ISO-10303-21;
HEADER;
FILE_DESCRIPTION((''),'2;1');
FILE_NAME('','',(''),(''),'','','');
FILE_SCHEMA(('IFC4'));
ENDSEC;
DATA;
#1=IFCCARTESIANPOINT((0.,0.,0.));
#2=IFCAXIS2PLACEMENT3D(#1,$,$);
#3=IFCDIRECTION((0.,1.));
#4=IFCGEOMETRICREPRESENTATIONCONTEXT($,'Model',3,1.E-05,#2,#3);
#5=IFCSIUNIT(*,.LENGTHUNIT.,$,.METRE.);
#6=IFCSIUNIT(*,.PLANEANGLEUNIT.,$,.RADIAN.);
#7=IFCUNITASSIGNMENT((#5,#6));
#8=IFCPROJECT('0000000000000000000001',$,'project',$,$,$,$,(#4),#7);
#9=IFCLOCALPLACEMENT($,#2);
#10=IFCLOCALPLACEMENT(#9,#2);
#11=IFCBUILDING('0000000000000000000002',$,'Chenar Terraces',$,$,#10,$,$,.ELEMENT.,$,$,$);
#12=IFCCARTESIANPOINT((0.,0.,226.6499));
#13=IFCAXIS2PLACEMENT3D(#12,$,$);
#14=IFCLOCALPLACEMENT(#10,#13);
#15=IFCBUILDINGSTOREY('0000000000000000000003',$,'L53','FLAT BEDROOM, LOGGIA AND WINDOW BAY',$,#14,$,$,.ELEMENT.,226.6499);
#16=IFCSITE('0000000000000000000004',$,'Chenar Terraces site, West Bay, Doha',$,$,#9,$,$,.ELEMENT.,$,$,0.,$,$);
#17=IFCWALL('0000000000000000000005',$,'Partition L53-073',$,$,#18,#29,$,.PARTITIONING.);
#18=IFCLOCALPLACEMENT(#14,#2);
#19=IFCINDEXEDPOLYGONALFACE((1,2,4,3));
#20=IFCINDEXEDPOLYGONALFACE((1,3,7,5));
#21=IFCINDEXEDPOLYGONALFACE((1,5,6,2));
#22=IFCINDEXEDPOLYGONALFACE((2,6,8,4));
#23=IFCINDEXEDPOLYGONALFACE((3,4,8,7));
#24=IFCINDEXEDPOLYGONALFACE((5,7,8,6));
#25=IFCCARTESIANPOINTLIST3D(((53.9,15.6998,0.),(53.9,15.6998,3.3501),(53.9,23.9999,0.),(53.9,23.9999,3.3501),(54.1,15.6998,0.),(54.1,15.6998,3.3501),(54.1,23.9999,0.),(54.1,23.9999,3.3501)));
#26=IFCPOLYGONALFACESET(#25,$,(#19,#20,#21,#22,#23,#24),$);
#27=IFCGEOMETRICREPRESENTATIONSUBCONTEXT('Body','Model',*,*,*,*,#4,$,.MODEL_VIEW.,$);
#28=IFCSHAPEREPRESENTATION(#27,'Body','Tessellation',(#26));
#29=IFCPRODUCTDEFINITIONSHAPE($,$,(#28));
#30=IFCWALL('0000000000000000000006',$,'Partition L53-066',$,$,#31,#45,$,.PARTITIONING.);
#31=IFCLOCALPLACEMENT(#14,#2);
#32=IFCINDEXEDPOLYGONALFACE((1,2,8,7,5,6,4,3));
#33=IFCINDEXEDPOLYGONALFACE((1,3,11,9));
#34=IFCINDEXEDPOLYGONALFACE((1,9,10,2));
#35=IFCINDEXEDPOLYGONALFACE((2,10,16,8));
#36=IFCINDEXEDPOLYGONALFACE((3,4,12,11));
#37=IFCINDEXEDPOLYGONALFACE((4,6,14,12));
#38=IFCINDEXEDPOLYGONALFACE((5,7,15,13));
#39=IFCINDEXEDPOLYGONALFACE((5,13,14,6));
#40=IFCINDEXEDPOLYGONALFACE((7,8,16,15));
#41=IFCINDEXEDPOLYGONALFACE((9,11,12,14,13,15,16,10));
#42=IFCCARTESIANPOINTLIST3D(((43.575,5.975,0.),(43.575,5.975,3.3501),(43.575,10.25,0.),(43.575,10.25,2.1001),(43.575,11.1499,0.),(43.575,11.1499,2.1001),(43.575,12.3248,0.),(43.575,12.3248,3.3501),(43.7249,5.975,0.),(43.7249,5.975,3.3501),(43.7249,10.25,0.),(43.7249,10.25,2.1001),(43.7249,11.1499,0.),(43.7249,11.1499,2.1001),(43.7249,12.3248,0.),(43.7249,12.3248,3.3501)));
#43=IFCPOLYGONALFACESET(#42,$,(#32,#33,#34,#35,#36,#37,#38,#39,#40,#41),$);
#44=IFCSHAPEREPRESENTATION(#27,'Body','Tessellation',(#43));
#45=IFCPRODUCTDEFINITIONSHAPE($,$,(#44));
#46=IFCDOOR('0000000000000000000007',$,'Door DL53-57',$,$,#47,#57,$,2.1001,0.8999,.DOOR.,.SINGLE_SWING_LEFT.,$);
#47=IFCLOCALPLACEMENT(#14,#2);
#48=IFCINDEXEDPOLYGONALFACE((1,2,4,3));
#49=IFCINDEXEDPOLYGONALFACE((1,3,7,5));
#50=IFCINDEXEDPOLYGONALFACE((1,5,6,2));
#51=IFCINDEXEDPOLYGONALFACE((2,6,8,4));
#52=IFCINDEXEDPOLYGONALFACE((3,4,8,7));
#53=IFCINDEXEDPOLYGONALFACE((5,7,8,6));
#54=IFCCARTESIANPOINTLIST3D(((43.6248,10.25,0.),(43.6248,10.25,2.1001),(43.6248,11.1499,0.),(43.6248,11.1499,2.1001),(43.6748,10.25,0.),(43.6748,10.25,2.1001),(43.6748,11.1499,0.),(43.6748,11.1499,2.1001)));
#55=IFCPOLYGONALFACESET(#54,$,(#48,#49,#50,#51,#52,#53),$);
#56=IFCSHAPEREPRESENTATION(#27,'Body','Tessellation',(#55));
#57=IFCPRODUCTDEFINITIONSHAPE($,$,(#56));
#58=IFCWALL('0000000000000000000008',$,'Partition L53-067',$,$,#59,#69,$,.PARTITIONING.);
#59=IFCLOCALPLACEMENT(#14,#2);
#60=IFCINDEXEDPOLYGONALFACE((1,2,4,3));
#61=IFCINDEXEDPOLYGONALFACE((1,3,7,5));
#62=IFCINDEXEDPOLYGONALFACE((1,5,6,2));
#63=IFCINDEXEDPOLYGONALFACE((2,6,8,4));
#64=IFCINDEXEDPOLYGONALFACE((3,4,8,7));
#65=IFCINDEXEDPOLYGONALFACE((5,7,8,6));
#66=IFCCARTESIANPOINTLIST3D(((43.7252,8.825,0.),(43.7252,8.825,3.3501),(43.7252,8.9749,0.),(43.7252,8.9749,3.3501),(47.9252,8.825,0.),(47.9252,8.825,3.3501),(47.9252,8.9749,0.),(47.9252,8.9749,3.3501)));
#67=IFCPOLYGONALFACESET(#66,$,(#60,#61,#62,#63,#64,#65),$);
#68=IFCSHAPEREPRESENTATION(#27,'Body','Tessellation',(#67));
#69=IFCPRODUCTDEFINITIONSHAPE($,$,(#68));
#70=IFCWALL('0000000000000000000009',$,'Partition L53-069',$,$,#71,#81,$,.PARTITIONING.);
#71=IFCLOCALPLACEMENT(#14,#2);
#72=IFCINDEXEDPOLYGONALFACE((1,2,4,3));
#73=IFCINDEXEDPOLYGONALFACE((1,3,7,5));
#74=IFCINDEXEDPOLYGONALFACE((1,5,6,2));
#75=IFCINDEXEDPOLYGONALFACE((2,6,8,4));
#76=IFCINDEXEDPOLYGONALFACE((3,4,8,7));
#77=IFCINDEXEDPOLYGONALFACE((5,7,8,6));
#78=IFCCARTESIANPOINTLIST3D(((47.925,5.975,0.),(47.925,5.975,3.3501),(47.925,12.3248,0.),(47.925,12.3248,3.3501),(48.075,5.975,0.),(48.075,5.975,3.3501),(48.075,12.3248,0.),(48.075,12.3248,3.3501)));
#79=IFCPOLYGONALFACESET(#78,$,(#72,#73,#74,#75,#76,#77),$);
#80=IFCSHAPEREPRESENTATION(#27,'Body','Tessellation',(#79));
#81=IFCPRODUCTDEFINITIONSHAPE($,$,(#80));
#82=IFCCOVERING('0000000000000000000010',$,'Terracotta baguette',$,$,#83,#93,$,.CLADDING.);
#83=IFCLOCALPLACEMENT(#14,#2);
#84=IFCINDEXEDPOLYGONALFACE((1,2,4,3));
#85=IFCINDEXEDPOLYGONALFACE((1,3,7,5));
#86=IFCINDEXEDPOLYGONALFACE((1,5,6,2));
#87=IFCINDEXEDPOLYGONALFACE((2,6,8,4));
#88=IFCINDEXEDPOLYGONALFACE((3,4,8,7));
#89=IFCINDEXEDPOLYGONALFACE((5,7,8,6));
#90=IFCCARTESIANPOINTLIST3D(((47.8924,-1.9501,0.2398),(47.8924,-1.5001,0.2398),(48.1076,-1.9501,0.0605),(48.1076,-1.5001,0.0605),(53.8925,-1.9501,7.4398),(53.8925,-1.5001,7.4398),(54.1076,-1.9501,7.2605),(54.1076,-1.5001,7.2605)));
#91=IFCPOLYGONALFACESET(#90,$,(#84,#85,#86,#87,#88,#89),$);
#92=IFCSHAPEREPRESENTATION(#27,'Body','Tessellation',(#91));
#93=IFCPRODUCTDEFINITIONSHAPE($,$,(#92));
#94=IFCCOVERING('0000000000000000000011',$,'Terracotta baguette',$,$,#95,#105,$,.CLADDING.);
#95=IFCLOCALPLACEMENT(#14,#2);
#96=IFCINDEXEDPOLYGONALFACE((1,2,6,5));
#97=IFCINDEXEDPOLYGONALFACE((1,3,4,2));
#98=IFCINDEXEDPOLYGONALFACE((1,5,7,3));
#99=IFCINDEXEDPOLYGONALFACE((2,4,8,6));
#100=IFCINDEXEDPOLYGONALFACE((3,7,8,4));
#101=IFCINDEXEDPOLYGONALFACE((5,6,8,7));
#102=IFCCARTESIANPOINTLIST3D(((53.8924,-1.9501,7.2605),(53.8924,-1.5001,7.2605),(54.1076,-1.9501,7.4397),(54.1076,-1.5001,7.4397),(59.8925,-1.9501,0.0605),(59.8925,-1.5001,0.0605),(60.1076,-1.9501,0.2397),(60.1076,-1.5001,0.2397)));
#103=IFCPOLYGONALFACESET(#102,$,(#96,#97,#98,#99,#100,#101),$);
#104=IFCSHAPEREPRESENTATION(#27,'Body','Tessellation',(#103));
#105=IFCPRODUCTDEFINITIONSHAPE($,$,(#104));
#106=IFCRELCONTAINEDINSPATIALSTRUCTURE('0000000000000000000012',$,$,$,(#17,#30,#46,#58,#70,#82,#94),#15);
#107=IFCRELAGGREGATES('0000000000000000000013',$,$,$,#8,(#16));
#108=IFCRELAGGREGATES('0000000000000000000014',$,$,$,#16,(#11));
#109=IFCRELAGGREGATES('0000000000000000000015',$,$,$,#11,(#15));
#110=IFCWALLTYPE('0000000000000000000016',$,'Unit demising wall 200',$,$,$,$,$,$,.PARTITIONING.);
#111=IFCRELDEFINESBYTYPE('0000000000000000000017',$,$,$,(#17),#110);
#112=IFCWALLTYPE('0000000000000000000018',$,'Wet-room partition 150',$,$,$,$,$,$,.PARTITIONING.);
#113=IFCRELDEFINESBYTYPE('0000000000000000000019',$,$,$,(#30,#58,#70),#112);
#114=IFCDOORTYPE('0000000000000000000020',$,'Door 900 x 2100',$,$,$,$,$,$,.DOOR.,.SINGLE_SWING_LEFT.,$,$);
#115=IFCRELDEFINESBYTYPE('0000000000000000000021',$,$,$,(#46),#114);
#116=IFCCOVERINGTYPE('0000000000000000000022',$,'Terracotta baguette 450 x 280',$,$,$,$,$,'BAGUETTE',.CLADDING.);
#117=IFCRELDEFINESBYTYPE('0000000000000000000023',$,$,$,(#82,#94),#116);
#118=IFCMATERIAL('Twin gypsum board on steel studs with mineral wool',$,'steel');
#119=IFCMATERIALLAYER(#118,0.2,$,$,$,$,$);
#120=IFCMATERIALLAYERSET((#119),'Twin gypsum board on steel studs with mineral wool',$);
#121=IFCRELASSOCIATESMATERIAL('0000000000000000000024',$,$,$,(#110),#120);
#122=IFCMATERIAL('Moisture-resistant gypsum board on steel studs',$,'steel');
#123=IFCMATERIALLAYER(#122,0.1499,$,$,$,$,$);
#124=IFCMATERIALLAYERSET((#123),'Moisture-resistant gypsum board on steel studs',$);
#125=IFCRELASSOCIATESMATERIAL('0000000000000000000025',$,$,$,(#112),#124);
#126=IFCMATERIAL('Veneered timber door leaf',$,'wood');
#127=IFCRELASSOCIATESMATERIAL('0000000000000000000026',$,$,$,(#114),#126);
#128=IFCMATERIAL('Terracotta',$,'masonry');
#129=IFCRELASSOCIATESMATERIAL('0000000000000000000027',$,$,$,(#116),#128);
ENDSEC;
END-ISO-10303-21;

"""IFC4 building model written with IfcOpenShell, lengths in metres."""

from ifc_helpers import new_model, si_unit, direction, frame, frame_2d, origin, origin_2d, place, context, subcontext, project, spatial, rectangle, extrude, material, layer, layer_set, material_profile, profile_set, type_object, element, fill, save


model = new_model("IFC4")

# Units and contexts
model_context = context("Model", 3, precision=1e-05, world=origin(), true_north=direction((0.0, 1.0)))
body_context = subcontext(model_context, "Body", "Model", "MODEL_VIEW")
ifc_project = project(units=[si_unit("LENGTHUNIT", "METRE"), si_unit("PLANEANGLEUNIT", "RADIAN")], contexts=[model_context])

# Site, building, storey
site_placement = place(None, origin())
site = spatial("IfcSite", under=ifc_project, at=site_placement, Name="Chenar Terraces site, West Bay, Doha", CompositionType="ELEMENT", RefElevation=0.0)
building_placement = place(site_placement, origin())
building = spatial("IfcBuilding", under=site, at=building_placement, Name="Chenar Terraces", CompositionType="ELEMENT")
storey_placement = place(building_placement, frame((0.0, 0.0, 226.6499)))
storey = spatial("IfcBuildingStorey", under=building, at=storey_placement, Name="L53", Description="FLAT BEDROOM, LOGGIA AND WINDOW BAY", CompositionType="ELEMENT", Elevation=226.6499)

# Wall
ifc_material_1 = material(Name="Twin gypsum board on steel studs with mineral wool", Category="steel")
ifc_layer_1 = layer(ifc_material_1, 0.2)
ifc_layer_set_1 = layer_set([ifc_layer_1], Name="Twin gypsum board on steel studs with mineral wool")
wall_type_1 = type_object("IfcWallType", Name="Unit demising wall 200", PredefinedType="PARTITIONING", material=ifc_layer_set_1)
wall_1_placement = place(storey_placement, frame((54.0, 15.7, 0.0), z_axis=(0.0, 0.0, 1.0), x_axis=(0.0, 1.0, 0.0)))
element("IfcWall", 1, at=wall_1_placement, inside=storey, type_object=wall_type_1, Name="Partition L53-073", PredefinedType="PARTITIONING", context=body_context, shape_type="SweptSolid", body=[
    extrude(rectangle(XDim=8.3, YDim=0.2, at=frame_2d((4.1499, 0.0))), origin(), (0.0, 0.0, 1.0), 3.3501),
])

# Wall, opening, door
ifc_material_2 = material(Name="Moisture-resistant gypsum board on steel studs", Category="steel")
ifc_layer_2 = layer(ifc_material_2, 0.1499)
ifc_layer_set_2 = layer_set([ifc_layer_2], Name="Moisture-resistant gypsum board on steel studs")
wall_type_2 = type_object("IfcWallType", Name="Wet-room partition 150", PredefinedType="PARTITIONING", material=ifc_layer_set_2)
wall_2_placement = place(storey_placement, frame((43.6499, 5.9751, 0.0), z_axis=(0.0, 0.0, 1.0), x_axis=(0.0, 1.0, 0.0)))
wall_2 = element("IfcWall", 2, at=wall_2_placement, inside=storey, type_object=wall_type_2, Name="Partition L53-066", PredefinedType="PARTITIONING", context=body_context, shape_type="SweptSolid", body=[
    extrude(rectangle(XDim=6.3499, YDim=0.1499, at=frame_2d((3.1748, 0.0))), origin(), (0.0, 0.0, 1.0), 3.3501),
])
opening_1_placement = place(wall_2_placement, frame((4.2749, 0.0, 0.0)))
opening_1 = element("IfcOpeningElement", 3, at=opening_1_placement, cuts=wall_2, PredefinedType="OPENING", context=body_context, shape_type="SweptSolid", body=[
    extrude(rectangle(XDim=0.8999, YDim=2.1001, at=frame_2d((0.45, 1.05))), frame((0.0, 0.085, 0.0), z_axis=(0.0, -1.0, 0.0), x_axis=(1.0, 0.0, 0.0)), (0.0, 0.0, 1.0), 0.1699),
])
ifc_material_3 = material(Name="Veneered timber door leaf", Category="wood")
door_type_1 = type_object("IfcDoorType", Name="Door 900 x 2100", OperationType="SINGLE_SWING_LEFT", PredefinedType="DOOR", material=ifc_material_3)
door_1_placement = place(opening_1_placement, frame((0.8999, 0.0, 0.0), z_axis=(0.0, 0.0, 1.0), x_axis=(-1.0, 0.0, 0.0)))
door_1 = element("IfcDoor", 4, at=door_1_placement, inside=storey, type_object=door_type_1, Name="Door DL53-57", OperationType="SINGLE_SWING_LEFT", OverallHeight=2.1001, OverallWidth=0.8999, PredefinedType="DOOR", context=body_context, shape_type="SweptSolid", body=[
    extrude(rectangle(XDim=0.8999, YDim=2.1001, at=frame_2d((0.45, 1.05))), frame((0.0, 0.0249, 0.0), z_axis=(0.0, -1.0, 0.0), x_axis=(1.0, 0.0, 0.0)), (0.0, 0.0, 1.0), 0.05),
])
fill(opening_1, door_1)

# Walls
wall_3_placement = place(storey_placement, frame((43.7251, 8.8999, 0.0), z_axis=(0.0, 0.0, 1.0), x_axis=(1.0, 0.0, 0.0)))
element("IfcWall", 5, at=wall_3_placement, inside=storey, type_object=wall_type_2, Name="Partition L53-067", PredefinedType="PARTITIONING", context=body_context, shape_type="SweptSolid", body=[
    extrude(rectangle(XDim=4.2, YDim=0.1499, at=frame_2d((2.1001, 0.0))), origin(), (0.0, 0.0, 1.0), 3.3501),
])
wall_4_placement = place(storey_placement, frame((48.0, 5.9751, 0.0), z_axis=(0.0, 0.0, 1.0), x_axis=(0.0, 1.0, 0.0)))
element("IfcWall", 6, at=wall_4_placement, inside=storey, type_object=wall_type_2, Name="Partition L53-069", PredefinedType="PARTITIONING", context=body_context, shape_type="SweptSolid", body=[
    extrude(rectangle(XDim=6.3499, YDim=0.1499, at=frame_2d((3.1748, 0.0))), origin(), (0.0, 0.0, 1.0), 3.3501),
])

# Coverings
ifc_material_4 = material(Name="Terracotta", Category="masonry")
ifc_material_profile_1 = material_profile(ifc_material_4, rectangle(XDim=0.45, YDim=0.28, at=origin_2d()), Name="Terracotta baguette 450 x 280")
ifc_profile_set_1 = profile_set([ifc_material_profile_1], Name="Terracotta")
covering_type = type_object("IfcCoveringType", Name="Terracotta baguette 450 x 280", ElementType="BAGUETTE", PredefinedType="CLADDING", material=ifc_profile_set_1)
for number, where, z_axis, x_axis, name in (
    (7, (48.0, -1.7251, 0.1501), (0.640187, 0.0, 0.768219), (0.0, 1.0, 0.0), "Terracotta baguette"),
    (8, (54.0, -1.7251, 7.3501), (0.640187, 0.0, -0.768219), (0.0, 1.0, 0.0), "Terracotta baguette"),
):
    element("IfcCovering", number, at=place(storey_placement, frame(where, z_axis=z_axis, x_axis=x_axis)), inside=storey, type_object=covering_type, Name=name, PredefinedType="CLADDING", context=body_context, shape_type="SweptSolid", body=[
        extrude(rectangle(XDim=0.45, YDim=0.28, at=origin_2d()), origin(), (0.0, 0.0, 1.0), 9.3723),
    ])

save(model, "model.ifc")
